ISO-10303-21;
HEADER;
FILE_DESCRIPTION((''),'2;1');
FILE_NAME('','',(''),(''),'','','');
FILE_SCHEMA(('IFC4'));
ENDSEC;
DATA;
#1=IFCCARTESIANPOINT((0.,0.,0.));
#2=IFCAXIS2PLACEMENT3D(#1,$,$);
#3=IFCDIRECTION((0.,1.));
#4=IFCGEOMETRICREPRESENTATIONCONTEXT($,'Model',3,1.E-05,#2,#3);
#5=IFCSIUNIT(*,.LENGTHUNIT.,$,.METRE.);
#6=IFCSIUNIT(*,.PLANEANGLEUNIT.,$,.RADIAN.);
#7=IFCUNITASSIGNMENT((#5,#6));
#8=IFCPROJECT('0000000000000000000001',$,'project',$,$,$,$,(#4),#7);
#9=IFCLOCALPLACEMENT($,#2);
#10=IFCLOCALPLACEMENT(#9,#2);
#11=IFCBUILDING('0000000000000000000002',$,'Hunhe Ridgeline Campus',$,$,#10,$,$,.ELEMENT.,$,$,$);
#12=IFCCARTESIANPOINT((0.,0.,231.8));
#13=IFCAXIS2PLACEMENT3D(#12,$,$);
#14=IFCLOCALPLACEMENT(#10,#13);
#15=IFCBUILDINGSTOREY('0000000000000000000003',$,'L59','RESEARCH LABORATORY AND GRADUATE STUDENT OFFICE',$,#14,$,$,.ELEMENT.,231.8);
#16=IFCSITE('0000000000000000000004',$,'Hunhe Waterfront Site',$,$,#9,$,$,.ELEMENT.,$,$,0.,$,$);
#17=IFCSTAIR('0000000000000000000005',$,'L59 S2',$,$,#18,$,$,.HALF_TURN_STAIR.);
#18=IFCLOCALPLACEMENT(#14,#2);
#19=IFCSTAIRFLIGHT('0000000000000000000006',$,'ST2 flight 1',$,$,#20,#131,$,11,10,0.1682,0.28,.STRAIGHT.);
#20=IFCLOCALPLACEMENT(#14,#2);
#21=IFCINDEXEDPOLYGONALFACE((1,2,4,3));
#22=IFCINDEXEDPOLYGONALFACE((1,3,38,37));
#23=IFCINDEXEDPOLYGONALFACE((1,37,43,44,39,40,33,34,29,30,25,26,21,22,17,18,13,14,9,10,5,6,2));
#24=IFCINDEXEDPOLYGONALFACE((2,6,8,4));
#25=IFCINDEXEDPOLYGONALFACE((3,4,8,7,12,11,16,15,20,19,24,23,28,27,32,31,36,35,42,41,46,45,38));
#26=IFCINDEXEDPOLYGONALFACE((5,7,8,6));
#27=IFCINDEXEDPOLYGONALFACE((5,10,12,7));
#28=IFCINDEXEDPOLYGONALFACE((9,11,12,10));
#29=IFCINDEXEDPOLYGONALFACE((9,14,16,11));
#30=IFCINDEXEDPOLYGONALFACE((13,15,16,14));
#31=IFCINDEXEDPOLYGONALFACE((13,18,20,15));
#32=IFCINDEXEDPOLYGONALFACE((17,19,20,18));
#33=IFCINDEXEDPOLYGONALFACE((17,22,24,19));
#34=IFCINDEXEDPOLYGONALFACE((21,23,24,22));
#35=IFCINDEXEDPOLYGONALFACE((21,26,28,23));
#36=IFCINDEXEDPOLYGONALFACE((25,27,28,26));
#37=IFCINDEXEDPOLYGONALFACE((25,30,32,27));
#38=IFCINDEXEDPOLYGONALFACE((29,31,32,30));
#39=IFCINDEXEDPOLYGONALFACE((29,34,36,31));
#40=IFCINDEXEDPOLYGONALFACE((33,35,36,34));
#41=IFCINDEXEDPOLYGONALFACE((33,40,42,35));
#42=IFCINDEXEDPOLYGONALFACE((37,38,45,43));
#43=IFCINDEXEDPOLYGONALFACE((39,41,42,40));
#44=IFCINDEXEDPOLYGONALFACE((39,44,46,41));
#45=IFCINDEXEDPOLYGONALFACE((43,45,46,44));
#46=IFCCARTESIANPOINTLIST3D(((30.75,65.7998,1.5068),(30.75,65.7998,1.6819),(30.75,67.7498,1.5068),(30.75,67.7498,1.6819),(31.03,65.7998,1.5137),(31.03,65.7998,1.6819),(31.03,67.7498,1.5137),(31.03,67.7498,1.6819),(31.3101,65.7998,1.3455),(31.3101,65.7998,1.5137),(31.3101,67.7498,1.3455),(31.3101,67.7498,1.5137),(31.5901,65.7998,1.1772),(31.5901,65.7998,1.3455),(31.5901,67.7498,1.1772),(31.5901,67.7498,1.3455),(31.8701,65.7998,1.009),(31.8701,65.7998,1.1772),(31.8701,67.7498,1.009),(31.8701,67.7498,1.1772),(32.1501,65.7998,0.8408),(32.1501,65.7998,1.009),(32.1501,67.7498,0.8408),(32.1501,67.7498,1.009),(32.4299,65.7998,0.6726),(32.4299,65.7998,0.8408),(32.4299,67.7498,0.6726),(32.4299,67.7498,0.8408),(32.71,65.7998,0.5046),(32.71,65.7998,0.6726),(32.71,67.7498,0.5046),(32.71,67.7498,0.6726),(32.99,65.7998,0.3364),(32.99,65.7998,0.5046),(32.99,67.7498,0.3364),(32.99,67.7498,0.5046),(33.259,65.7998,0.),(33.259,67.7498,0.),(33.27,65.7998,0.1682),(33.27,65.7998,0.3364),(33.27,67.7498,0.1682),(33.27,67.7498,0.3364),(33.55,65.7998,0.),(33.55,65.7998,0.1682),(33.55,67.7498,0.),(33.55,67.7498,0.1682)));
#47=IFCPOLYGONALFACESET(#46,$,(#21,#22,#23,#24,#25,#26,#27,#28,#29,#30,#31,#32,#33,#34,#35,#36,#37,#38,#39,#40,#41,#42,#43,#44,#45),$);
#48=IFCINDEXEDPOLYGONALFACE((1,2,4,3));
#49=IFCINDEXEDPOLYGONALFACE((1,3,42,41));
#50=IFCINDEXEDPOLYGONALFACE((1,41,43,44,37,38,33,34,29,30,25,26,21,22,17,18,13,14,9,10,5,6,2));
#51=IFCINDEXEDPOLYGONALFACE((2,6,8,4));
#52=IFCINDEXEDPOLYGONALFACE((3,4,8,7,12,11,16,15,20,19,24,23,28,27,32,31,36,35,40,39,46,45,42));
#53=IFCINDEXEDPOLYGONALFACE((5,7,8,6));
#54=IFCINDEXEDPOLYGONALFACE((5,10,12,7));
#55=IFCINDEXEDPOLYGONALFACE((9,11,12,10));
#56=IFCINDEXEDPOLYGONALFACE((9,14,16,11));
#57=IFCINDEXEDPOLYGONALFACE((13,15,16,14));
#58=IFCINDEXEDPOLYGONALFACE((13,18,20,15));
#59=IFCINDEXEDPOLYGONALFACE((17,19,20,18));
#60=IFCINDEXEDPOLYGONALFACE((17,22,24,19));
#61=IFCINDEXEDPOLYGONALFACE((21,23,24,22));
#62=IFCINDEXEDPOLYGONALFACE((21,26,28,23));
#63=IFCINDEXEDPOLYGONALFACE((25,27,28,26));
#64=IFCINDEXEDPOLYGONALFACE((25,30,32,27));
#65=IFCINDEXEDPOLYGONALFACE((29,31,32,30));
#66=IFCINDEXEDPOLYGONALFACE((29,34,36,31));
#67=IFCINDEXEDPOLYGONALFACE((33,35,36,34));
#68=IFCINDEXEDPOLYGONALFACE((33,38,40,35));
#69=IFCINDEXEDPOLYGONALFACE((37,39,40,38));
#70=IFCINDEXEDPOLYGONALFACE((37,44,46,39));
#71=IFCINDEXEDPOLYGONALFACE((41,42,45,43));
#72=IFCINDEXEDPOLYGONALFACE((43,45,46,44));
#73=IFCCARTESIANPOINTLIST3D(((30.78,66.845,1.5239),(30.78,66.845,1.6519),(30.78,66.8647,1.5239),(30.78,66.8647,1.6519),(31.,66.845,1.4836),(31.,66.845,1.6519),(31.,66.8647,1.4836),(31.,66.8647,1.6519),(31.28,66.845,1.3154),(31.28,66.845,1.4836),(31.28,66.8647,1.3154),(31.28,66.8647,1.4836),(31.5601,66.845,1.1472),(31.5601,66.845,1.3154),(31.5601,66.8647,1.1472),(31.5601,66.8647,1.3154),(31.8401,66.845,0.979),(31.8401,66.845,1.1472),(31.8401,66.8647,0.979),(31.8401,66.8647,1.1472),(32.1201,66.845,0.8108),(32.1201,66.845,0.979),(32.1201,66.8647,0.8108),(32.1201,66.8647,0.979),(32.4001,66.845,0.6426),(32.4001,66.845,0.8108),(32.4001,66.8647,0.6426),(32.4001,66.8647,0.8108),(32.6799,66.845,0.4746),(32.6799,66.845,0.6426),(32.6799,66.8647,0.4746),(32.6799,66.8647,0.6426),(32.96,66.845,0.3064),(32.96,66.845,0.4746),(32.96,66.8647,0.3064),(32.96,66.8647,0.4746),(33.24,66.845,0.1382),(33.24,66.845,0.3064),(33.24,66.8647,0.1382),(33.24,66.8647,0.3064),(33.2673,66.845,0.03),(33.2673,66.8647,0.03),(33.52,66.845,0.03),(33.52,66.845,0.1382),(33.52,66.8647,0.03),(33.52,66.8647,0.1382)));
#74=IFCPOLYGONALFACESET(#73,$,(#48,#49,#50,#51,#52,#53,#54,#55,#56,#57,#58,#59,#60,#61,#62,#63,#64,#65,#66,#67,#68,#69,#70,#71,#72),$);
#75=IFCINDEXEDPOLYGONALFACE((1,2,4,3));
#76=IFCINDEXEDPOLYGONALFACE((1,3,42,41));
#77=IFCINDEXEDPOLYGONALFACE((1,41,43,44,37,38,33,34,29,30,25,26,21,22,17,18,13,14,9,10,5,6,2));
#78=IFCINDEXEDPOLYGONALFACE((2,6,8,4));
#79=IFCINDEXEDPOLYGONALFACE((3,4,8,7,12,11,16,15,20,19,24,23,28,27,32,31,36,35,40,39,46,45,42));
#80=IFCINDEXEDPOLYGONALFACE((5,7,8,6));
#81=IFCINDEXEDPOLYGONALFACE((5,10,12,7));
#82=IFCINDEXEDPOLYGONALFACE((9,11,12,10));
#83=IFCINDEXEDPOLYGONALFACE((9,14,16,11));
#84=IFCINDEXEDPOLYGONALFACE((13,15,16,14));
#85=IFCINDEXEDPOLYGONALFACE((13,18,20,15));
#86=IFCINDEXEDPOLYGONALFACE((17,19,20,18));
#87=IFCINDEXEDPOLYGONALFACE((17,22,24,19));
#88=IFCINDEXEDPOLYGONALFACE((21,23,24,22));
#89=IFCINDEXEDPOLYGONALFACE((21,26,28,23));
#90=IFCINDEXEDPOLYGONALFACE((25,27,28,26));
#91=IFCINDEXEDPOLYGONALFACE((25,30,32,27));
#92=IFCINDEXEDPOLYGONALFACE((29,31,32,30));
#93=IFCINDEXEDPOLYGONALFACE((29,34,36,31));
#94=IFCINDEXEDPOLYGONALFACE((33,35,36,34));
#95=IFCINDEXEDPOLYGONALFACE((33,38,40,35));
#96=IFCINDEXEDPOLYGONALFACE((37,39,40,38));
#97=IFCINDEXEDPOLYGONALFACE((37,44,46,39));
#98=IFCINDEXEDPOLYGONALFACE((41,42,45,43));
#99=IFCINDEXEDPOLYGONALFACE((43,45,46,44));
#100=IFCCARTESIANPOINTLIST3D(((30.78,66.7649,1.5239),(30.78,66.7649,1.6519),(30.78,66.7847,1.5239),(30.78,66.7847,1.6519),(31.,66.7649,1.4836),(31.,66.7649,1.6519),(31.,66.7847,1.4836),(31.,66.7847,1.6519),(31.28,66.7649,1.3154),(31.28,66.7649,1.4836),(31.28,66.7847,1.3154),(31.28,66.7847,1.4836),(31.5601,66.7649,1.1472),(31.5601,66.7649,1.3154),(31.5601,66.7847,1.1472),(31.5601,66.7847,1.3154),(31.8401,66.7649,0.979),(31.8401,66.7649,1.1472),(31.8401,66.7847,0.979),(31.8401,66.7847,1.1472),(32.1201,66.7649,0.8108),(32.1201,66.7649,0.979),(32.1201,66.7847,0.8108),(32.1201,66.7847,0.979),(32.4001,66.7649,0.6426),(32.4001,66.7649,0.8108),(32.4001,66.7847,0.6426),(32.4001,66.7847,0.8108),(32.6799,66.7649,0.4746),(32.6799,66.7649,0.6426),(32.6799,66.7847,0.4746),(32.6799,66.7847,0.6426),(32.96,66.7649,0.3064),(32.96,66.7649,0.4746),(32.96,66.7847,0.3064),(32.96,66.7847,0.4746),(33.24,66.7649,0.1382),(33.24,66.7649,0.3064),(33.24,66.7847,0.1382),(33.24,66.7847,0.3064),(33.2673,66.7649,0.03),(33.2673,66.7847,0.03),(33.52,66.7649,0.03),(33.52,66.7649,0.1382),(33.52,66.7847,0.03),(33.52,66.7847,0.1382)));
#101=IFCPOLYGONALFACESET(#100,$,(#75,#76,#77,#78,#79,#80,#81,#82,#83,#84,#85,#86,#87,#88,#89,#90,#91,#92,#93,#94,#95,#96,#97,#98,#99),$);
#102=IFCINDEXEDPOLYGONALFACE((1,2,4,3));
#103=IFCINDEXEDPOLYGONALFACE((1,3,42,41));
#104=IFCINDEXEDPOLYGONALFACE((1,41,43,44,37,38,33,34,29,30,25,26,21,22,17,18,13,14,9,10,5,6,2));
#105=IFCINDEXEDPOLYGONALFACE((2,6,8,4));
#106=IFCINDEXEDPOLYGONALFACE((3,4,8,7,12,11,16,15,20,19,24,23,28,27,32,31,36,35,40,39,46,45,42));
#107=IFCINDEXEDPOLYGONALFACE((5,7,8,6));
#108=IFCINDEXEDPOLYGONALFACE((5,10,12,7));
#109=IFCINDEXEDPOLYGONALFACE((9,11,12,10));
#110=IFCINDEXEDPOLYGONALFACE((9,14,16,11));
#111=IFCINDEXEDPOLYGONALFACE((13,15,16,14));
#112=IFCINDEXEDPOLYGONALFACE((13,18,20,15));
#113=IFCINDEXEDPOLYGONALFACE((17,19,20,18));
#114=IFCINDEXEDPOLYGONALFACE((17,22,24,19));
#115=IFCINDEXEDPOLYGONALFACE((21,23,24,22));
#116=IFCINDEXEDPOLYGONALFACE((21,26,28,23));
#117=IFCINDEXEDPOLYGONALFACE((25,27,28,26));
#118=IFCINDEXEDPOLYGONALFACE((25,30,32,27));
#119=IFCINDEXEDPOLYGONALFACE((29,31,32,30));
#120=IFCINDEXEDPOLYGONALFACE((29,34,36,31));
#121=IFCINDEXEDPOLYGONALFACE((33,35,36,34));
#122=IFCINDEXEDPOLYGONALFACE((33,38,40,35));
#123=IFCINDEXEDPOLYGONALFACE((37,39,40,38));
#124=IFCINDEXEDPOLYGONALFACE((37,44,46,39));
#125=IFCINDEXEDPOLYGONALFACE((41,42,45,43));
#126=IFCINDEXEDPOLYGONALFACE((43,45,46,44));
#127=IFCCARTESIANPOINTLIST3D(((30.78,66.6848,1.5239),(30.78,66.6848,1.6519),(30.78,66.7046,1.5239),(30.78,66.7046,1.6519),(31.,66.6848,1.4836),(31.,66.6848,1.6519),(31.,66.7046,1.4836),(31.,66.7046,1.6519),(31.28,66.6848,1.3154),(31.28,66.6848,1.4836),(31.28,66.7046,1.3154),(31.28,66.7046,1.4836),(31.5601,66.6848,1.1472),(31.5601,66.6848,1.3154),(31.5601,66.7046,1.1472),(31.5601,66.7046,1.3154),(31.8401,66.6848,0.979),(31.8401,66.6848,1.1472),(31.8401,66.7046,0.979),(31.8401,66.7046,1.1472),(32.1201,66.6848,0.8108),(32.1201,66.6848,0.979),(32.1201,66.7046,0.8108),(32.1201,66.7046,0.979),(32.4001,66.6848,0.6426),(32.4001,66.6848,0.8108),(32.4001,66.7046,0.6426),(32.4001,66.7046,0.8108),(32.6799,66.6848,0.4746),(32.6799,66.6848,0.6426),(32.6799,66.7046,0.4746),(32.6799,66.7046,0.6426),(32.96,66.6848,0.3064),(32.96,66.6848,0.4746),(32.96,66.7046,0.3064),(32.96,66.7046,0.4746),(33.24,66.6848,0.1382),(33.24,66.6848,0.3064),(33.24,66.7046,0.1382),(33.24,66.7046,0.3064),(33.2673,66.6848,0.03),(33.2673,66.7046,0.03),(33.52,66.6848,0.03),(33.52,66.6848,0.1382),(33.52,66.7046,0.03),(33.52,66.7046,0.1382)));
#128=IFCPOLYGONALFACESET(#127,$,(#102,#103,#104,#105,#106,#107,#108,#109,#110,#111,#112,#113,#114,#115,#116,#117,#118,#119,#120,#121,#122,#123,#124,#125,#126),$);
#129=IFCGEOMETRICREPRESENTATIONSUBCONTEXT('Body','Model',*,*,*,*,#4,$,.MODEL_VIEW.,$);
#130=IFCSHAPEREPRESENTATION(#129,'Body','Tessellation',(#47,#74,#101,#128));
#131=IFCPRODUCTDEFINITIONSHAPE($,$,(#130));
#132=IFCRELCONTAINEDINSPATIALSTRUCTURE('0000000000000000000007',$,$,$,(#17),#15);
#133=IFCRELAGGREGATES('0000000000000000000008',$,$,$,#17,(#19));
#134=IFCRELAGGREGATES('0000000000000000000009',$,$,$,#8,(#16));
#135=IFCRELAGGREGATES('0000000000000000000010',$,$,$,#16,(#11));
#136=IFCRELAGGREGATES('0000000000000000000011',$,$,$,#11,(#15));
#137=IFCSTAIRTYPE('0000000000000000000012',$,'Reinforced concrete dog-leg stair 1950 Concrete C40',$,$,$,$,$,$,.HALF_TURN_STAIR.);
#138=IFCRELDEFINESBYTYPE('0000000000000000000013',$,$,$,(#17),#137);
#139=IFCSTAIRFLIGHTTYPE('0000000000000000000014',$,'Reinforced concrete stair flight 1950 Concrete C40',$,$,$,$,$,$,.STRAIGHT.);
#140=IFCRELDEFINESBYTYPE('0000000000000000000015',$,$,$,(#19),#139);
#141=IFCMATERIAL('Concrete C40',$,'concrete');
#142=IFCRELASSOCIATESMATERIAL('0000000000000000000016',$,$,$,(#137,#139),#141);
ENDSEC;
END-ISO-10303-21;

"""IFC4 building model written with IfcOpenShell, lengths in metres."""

from ifc_helpers import new_model, si_unit, direction, frame, origin, place, context, subcontext, project, spatial, polyline, outline, extrude, material, type_object, element, aggregate, save


model = new_model("IFC4")

# Units and contexts
model_context = context("Model", 3, precision=1e-05, world=origin(), true_north=direction((0.0, 1.0)))
body_context = subcontext(model_context, "Body", "Model", "MODEL_VIEW")
ifc_project = project(units=[si_unit("LENGTHUNIT", "METRE"), si_unit("PLANEANGLEUNIT", "RADIAN")], contexts=[model_context])

# Site, building, storey
site_placement = place(None, origin())
site = spatial("IfcSite", under=ifc_project, at=site_placement, Name="Hunhe Waterfront Site", CompositionType="ELEMENT", RefElevation=0.0)
building_placement = place(site_placement, origin())
building = spatial("IfcBuilding", under=site, at=building_placement, Name="Hunhe Ridgeline Campus", CompositionType="ELEMENT")
storey_placement = place(building_placement, frame((0.0, 0.0, 231.8)))
storey = spatial("IfcBuildingStorey", under=building, at=storey_placement, Name="L59", Description="RESEARCH LABORATORY AND GRADUATE STUDENT OFFICE", CompositionType="ELEMENT", Elevation=231.8)

# Stair, stair flight
ifc_material_1 = material(Name="Concrete C40", Category="concrete")
stair_type = type_object("IfcStairType", Name="Reinforced concrete dog-leg stair 1950 Concrete C40", PredefinedType="HALF_TURN_STAIR", material=ifc_material_1)
stair_1_placement = place(storey_placement, origin())
stair_1 = element("IfcStair", 1, at=stair_1_placement, inside=storey, type_object=stair_type, Name="L59 S2", PredefinedType="HALF_TURN_STAIR")
stair_flight_type = type_object("IfcStairFlightType", Name="Reinforced concrete stair flight 1950 Concrete C40", PredefinedType="STRAIGHT", material=ifc_material_1)
stair_flight_1_placement = place(storey_placement, frame((33.55, 66.7749, 0.0), z_axis=(0.0, 0.0, 1.0), x_axis=(-1.0, 0.0, 0.0)))
stair_flight_1 = element("IfcStairFlight", 2, at=stair_flight_1_placement, type_object=stair_flight_type, Name="ST2 flight 1", NumberOfRisers=11, NumberOfTreads=10, PredefinedType="STRAIGHT", RiserHeight=0.1682, TreadLength=0.28, context=body_context, shape_type="SweptSolid", body=[
    extrude(outline(polyline([(0.0, 0.0), (0.0, 0.1682), (0.28, 0.1682), (0.28, 0.3364), (0.5601, 0.3364), (0.5601, 0.5046), (0.8401, 0.5046), (0.8401, 0.6726), (1.1201, 0.6726), (1.1201, 0.8408), (1.3999, 0.8408), (1.3999, 1.009), (1.6799, 1.009), (1.6799, 1.1772), (1.96, 1.1772), (1.96, 1.3455), (2.24, 1.3455), (2.24, 1.5137), (2.52, 1.5137), (2.52, 1.6819), (2.8, 1.6819), (2.8, 1.8501), (2.8, 1.5068), (0.291, 0.0), (0.0, 0.0)])), frame((0.0, 0.9751, 0.0), z_axis=(0.0, -1.0, 0.0), x_axis=(1.0, 0.0, 0.0)), (0.0, 0.0, 1.0), 1.95),
    extrude(outline(polyline([(0.03, 0.03), (0.03, 0.1382), (0.3101, 0.1382), (0.3101, 0.3064), (0.5901, 0.3064), (0.5901, 0.4746), (0.8701, 0.4746), (0.8701, 0.6426), (1.1499, 0.6426), (1.1499, 0.8108), (1.4299, 0.8108), (1.4299, 0.979), (1.71, 0.979), (1.71, 1.1472), (1.99, 1.1472), (1.99, 1.3154), (2.27, 1.3154), (2.27, 1.4836), (2.55, 1.4836), (2.55, 1.6519), (2.77, 1.6519), (2.77, 1.5239), (0.2827, 0.03), (0.03, 0.03)])), frame((0.0, -0.0701, 0.0), z_axis=(0.0, -1.0, 0.0), x_axis=(1.0, 0.0, 0.0)), (0.0, 0.0, 1.0), 0.0198),
    extrude(outline(polyline([(0.03, 0.03), (0.03, 0.1382), (0.3101, 0.1382), (0.3101, 0.3064), (0.5901, 0.3064), (0.5901, 0.4746), (0.8701, 0.4746), (0.8701, 0.6426), (1.1499, 0.6426), (1.1499, 0.8108), (1.4299, 0.8108), (1.4299, 0.979), (1.71, 0.979), (1.71, 1.1472), (1.99, 1.1472), (1.99, 1.3154), (2.27, 1.3154), (2.27, 1.4836), (2.55, 1.4836), (2.55, 1.6519), (2.77, 1.6519), (2.77, 1.5239), (0.2827, 0.03), (0.03, 0.03)])), frame((0.0, 0.01, 0.0), z_axis=(0.0, -1.0, 0.0), x_axis=(1.0, 0.0, 0.0)), (0.0, 0.0, 1.0), 0.0198),
    extrude(outline(polyline([(0.03, 0.03), (0.03, 0.1382), (0.3101, 0.1382), (0.3101, 0.3064), (0.5901, 0.3064), (0.5901, 0.4746), (0.8701, 0.4746), (0.8701, 0.6426), (1.1499, 0.6426), (1.1499, 0.8108), (1.4299, 0.8108), (1.4299, 0.979), (1.71, 0.979), (1.71, 1.1472), (1.99, 1.1472), (1.99, 1.3154), (2.27, 1.3154), (2.27, 1.4836), (2.55, 1.4836), (2.55, 1.6519), (2.77, 1.6519), (2.77, 1.5239), (0.2827, 0.03), (0.03, 0.03)])), frame((0.0, 0.0901, 0.0), z_axis=(0.0, -1.0, 0.0), x_axis=(1.0, 0.0, 0.0)), (0.0, 0.0, 1.0), 0.0198),
])
aggregate(stair_1, [stair_flight_1])

save(model, "model.ifc")
